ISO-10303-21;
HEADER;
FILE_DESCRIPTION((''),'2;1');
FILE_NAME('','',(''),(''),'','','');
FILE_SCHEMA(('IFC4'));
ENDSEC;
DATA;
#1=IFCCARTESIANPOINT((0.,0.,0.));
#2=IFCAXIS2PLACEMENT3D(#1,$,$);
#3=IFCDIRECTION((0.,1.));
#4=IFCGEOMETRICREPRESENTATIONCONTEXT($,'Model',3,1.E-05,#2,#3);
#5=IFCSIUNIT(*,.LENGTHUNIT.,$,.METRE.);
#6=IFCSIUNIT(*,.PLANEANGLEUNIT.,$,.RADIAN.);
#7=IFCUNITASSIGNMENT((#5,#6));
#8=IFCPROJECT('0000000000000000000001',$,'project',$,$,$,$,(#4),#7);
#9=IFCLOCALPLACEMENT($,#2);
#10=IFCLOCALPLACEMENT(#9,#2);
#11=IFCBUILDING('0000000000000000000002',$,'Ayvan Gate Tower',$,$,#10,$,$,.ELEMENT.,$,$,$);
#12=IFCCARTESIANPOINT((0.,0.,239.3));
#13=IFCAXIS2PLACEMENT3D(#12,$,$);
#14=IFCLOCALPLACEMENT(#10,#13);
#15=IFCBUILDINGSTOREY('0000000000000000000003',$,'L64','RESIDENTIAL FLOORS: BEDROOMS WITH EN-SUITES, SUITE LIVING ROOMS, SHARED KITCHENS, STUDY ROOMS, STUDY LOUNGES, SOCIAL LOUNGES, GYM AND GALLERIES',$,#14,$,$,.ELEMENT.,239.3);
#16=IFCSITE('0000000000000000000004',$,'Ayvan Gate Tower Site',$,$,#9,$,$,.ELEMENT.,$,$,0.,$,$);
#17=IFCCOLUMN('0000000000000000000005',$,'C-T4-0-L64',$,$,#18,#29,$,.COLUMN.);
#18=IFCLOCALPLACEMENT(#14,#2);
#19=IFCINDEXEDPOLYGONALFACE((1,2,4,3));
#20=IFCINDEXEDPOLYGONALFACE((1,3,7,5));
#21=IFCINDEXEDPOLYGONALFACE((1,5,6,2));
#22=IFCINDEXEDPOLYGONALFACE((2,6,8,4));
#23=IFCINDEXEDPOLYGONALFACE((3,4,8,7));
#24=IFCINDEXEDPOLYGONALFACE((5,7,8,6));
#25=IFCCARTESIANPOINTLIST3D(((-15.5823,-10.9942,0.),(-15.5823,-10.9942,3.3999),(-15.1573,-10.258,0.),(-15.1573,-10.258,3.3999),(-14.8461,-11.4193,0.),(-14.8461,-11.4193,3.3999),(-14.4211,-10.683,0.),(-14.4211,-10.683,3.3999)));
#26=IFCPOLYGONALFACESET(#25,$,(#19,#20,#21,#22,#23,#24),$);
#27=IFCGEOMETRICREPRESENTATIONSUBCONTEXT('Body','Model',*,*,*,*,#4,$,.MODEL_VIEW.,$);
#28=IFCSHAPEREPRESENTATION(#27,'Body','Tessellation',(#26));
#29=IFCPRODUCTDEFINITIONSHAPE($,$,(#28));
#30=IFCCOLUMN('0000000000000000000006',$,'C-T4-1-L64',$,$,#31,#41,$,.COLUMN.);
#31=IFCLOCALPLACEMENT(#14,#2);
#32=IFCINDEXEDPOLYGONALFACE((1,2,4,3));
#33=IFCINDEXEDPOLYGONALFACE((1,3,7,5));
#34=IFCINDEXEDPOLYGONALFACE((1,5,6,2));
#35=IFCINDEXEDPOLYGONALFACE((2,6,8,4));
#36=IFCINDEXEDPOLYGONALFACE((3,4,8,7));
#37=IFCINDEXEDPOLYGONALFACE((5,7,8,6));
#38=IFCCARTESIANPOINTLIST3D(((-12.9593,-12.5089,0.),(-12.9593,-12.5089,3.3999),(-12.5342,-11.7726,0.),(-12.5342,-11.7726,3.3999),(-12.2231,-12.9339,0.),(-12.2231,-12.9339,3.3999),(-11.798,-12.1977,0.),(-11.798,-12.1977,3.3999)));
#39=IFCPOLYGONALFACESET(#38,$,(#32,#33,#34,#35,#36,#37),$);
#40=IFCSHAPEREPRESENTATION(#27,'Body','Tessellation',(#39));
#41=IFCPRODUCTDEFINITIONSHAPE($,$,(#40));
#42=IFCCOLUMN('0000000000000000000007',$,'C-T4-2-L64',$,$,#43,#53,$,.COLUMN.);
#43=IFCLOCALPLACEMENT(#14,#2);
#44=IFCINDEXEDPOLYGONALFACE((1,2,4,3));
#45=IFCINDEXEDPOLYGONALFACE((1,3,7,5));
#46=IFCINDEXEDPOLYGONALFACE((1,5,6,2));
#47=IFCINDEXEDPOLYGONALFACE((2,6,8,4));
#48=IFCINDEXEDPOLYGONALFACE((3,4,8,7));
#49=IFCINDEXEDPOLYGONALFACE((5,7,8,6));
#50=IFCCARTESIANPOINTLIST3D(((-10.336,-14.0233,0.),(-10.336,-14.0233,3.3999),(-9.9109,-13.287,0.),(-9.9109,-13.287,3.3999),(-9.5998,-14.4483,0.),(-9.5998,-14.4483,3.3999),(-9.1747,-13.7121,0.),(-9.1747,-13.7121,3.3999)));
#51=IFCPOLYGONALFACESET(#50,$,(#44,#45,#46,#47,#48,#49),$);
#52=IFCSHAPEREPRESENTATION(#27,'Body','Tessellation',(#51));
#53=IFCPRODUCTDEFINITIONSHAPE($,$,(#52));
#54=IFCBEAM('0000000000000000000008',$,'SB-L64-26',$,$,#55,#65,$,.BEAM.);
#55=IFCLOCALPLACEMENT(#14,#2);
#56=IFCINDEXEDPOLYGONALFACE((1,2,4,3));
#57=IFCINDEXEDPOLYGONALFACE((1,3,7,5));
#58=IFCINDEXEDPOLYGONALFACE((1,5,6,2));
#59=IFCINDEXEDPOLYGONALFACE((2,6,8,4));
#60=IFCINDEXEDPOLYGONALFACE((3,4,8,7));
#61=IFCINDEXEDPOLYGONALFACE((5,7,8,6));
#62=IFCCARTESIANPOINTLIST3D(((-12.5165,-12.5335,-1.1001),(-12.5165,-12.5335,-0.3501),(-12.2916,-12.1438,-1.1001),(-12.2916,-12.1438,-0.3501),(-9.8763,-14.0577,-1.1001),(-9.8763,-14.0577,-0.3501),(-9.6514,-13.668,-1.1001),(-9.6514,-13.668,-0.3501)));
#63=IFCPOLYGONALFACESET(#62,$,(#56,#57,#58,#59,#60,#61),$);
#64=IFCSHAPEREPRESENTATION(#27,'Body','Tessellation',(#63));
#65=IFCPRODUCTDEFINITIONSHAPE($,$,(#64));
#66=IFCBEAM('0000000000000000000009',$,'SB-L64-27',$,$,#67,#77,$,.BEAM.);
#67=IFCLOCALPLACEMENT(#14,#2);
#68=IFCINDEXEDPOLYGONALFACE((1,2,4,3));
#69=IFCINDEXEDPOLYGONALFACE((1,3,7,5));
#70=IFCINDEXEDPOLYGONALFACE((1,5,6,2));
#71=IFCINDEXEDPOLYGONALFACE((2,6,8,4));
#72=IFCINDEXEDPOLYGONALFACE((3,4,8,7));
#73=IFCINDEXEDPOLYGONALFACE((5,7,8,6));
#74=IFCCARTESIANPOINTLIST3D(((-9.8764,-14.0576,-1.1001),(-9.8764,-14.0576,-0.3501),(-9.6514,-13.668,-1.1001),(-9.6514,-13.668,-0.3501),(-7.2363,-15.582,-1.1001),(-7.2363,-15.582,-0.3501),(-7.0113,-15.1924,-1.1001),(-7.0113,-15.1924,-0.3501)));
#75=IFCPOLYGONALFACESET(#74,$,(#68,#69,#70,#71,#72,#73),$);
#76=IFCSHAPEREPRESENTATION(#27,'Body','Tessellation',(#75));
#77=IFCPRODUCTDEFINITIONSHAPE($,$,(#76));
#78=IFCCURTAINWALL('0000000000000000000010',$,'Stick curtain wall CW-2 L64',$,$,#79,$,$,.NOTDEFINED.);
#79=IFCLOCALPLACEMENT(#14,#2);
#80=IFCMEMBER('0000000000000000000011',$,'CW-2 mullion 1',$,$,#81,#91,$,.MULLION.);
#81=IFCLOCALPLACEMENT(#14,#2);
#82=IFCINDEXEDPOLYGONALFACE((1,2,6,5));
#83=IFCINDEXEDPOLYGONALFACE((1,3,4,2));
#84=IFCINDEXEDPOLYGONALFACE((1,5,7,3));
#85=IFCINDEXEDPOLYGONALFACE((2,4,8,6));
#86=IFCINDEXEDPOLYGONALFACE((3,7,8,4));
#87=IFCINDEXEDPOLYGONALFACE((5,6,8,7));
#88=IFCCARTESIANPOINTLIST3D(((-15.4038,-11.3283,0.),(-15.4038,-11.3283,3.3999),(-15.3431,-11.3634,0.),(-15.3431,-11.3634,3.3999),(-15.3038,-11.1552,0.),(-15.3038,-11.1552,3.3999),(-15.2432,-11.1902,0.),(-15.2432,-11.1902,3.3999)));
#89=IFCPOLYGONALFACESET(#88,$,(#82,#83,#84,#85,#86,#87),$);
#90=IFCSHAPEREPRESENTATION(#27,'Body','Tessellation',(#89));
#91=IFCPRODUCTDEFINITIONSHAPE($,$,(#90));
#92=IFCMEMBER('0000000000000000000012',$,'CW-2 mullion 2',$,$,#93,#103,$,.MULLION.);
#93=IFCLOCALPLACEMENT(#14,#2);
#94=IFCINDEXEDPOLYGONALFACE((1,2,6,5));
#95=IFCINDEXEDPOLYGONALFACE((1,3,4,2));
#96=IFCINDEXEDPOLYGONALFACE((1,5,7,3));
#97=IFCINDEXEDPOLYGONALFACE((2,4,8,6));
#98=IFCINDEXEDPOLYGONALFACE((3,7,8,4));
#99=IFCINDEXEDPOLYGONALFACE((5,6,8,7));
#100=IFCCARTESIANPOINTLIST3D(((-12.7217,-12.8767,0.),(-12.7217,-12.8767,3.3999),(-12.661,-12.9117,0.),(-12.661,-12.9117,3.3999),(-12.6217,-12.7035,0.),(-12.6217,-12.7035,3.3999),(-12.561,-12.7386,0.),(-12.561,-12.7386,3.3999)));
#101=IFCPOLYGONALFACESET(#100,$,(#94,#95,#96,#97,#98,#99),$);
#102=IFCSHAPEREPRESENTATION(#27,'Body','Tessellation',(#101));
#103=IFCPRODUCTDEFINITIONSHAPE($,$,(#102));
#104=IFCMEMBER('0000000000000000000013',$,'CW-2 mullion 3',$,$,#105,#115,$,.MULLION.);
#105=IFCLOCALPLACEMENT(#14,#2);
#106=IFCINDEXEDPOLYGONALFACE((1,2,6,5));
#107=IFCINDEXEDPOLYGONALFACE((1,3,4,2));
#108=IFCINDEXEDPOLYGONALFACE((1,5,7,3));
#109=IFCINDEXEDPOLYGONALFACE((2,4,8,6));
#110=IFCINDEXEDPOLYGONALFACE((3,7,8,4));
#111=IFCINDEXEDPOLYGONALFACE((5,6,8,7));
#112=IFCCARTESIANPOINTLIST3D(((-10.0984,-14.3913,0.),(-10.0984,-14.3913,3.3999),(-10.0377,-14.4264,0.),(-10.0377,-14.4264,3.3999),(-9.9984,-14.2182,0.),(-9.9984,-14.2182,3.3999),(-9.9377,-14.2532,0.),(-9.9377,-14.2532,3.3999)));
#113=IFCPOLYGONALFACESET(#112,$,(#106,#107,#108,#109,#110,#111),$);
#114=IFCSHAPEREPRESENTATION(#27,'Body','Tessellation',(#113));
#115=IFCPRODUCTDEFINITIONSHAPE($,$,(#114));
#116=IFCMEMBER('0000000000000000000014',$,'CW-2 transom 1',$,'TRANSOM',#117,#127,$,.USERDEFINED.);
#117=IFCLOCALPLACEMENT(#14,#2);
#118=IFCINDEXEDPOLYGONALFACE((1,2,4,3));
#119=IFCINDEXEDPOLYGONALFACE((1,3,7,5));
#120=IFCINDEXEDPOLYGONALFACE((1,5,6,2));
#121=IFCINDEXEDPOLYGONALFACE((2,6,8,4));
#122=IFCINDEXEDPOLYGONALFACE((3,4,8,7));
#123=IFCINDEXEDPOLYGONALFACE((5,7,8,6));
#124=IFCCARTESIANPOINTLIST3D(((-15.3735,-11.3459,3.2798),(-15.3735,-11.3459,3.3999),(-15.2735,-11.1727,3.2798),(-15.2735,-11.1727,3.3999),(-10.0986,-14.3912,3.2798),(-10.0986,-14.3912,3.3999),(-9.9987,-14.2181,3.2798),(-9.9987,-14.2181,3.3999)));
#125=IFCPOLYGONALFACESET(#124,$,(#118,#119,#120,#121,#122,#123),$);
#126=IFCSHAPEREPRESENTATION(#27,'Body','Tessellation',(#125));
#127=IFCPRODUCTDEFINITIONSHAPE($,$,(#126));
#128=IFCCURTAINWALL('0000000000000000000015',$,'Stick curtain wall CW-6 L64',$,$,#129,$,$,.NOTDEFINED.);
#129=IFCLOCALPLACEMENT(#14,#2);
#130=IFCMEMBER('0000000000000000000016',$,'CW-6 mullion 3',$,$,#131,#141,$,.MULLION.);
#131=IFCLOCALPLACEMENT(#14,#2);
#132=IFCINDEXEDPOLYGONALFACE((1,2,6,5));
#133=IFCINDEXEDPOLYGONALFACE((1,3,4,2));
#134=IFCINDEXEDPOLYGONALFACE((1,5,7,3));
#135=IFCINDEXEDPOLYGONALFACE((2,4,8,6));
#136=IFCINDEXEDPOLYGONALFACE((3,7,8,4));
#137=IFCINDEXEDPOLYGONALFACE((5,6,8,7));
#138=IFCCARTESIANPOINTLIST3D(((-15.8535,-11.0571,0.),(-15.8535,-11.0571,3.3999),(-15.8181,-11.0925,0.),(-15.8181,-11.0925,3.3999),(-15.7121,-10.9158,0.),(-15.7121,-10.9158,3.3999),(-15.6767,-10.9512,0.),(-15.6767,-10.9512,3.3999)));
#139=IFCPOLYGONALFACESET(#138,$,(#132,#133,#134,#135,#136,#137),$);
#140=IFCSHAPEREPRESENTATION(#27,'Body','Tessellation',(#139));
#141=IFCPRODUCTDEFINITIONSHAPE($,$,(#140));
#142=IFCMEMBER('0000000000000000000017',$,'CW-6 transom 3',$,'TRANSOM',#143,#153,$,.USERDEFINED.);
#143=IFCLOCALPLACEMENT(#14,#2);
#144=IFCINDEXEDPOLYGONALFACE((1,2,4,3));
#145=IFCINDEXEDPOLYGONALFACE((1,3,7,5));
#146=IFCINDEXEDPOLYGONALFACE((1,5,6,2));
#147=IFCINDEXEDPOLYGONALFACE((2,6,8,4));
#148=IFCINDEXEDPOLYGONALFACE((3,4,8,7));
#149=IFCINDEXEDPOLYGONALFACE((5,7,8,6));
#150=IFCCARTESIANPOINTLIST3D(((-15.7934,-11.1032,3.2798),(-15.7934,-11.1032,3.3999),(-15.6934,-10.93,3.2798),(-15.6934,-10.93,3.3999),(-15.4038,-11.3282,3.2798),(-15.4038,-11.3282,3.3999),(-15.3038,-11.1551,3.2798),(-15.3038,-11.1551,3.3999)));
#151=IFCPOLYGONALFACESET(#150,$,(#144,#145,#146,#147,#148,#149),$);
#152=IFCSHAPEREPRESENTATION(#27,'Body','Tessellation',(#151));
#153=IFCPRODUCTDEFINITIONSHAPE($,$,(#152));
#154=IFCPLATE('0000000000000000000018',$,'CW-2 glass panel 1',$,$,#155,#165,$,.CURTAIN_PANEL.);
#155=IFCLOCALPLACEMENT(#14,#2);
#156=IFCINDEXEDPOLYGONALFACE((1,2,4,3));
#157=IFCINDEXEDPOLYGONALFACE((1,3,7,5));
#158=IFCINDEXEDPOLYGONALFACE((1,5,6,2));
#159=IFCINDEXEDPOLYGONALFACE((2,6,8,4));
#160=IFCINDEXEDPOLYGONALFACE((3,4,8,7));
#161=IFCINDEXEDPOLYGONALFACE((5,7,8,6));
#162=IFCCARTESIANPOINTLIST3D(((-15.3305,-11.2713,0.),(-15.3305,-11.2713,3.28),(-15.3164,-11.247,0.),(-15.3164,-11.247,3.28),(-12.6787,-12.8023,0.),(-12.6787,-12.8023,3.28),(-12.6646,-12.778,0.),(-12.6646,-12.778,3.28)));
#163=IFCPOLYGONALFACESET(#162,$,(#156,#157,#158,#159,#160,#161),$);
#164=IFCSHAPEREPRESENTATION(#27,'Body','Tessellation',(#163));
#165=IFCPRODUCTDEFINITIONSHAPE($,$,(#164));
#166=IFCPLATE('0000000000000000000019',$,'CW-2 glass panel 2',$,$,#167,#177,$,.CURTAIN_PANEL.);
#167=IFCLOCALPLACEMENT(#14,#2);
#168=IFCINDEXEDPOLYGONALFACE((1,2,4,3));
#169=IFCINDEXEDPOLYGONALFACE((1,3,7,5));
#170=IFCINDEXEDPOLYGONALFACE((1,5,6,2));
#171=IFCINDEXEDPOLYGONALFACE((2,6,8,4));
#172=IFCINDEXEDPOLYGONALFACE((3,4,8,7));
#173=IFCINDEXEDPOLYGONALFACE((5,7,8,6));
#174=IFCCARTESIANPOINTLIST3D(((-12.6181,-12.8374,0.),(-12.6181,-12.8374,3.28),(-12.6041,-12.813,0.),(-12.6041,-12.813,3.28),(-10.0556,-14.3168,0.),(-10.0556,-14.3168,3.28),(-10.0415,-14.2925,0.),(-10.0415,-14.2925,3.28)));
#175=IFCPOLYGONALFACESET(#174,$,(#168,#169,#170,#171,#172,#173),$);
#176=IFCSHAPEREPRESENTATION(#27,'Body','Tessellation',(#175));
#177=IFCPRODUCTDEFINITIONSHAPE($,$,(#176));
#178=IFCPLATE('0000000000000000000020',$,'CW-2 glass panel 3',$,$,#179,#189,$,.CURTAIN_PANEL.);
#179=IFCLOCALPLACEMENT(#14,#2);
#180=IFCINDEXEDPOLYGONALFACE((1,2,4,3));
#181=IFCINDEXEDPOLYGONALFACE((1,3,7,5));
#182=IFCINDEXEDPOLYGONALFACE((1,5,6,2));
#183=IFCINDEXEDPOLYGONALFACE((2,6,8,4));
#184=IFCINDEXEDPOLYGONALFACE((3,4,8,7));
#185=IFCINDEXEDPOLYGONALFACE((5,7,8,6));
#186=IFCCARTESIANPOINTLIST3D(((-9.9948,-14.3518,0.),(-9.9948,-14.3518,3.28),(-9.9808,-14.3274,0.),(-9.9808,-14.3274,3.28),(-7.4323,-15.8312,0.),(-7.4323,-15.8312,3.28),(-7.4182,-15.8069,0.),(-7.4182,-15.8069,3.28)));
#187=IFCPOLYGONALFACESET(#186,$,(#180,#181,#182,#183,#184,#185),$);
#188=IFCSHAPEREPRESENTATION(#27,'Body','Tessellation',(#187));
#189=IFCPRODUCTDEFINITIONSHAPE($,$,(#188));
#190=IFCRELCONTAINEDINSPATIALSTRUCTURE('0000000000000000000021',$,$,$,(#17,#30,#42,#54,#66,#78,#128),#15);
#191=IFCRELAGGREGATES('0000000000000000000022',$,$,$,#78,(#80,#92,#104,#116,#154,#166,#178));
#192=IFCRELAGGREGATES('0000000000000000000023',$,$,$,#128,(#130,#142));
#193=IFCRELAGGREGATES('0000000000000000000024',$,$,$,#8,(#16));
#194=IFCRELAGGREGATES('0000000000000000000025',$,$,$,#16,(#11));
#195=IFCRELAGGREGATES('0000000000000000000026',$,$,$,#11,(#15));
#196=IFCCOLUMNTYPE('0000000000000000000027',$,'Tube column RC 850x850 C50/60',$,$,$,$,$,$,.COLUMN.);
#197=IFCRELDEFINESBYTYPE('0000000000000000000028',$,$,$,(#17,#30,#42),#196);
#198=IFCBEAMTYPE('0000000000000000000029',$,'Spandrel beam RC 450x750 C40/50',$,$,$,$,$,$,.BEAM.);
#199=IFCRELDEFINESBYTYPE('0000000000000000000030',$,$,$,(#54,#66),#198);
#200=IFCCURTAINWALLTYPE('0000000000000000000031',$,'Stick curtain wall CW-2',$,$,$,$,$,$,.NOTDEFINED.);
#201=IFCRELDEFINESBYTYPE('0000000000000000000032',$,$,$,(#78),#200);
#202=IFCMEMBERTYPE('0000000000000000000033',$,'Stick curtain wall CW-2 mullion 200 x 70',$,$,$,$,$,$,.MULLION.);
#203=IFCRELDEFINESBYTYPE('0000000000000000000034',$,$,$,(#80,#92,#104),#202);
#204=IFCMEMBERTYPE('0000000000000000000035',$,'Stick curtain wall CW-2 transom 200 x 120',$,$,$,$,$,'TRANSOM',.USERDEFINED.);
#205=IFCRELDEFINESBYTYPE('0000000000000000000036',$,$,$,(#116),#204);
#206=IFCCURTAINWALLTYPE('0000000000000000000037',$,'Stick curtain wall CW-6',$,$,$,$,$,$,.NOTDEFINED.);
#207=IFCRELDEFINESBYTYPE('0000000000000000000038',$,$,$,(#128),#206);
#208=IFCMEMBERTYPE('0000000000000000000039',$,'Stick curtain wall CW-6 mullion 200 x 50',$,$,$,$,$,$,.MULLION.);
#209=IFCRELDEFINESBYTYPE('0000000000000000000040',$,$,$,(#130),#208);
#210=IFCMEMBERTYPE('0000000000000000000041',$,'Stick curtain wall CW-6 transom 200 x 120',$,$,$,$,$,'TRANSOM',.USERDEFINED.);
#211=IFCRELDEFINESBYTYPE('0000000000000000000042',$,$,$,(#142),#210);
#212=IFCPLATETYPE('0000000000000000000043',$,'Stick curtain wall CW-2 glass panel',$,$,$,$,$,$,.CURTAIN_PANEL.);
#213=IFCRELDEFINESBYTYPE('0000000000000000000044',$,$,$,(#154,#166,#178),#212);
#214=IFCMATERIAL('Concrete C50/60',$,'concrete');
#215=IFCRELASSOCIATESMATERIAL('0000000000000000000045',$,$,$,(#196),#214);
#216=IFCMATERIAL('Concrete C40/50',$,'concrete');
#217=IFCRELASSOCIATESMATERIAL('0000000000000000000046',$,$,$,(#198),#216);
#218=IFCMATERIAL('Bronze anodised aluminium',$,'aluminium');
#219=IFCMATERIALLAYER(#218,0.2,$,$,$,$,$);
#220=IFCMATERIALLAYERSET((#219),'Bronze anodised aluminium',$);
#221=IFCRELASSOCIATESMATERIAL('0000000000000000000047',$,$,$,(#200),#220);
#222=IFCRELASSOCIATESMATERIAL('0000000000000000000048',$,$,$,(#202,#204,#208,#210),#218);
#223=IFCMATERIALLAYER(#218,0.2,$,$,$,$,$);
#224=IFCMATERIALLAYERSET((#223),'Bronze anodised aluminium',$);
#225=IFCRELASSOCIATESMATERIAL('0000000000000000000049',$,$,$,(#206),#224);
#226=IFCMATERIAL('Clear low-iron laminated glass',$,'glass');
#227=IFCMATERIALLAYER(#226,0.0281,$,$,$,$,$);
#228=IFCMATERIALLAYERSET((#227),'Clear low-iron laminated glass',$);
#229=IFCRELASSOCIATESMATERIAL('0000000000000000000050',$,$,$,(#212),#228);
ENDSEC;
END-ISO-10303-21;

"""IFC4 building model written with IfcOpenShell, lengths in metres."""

from ifc_helpers import new_model, si_unit, direction, frame, origin, origin_2d, place, context, subcontext, project, spatial, rectangle, extrude, material, layer, layer_set, material_profile, profile_set, type_object, element, aggregate, save


model = new_model("IFC4")

# Units and contexts
model_context = context("Model", 3, precision=1e-05, world=origin(), true_north=direction((0.0, 1.0)))
body_context = subcontext(model_context, "Body", "Model", "MODEL_VIEW")
ifc_project = project(units=[si_unit("LENGTHUNIT", "METRE"), si_unit("PLANEANGLEUNIT", "RADIAN")], contexts=[model_context])

# Site, building, storey
site_placement = place(None, origin())
site = spatial("IfcSite", under=ifc_project, at=site_placement, Name="Ayvan Gate Tower Site", CompositionType="ELEMENT", RefElevation=0.0)
building_placement = place(site_placement, origin())
building = spatial("IfcBuilding", under=site, at=building_placement, Name="Ayvan Gate Tower", CompositionType="ELEMENT")
storey_placement = place(building_placement, frame((0.0, 0.0, 239.3)))
storey = spatial("IfcBuildingStorey", under=building, at=storey_placement, Name="L64", Description="RESIDENTIAL FLOORS: BEDROOMS WITH EN-SUITES, SUITE LIVING ROOMS, SHARED KITCHENS, STUDY ROOMS, STUDY LOUNGES, SOCIAL LOUNGES, GYM AND GALLERIES", CompositionType="ELEMENT", Elevation=239.3)

# Columns
ifc_material_1 = material(Name="Concrete C50/60", Category="concrete")
ifc_material_profile_1 = material_profile(ifc_material_1, rectangle(XDim=0.8501, YDim=0.8501, at=origin_2d()), Name="RC 850x850")
ifc_profile_set_1 = profile_set([ifc_material_profile_1], Name="Concrete C50/60")
column_type = type_object("IfcColumnType", Name="Tube column RC 850x850 C50/60", PredefinedType="COLUMN", material=ifc_profile_set_1)
for number, where, z_axis, x_axis, name in (
    (1, (-15.0017, -10.8386, 0.0), (0.0, 0.0, 1.0), (-0.5, -0.866025, 0.0), "C-T4-0-L64"),
    (2, (-12.3787, -12.3533, 0.0), (0.0, 0.0, 1.0), (-0.5, -0.866025, 0.0), "C-T4-1-L64"),
    (3, (-9.7554, -13.8677, 0.0), (0.0, 0.0, 1.0), (-0.5, -0.866025, 0.0), "C-T4-2-L64"),
):
    element("IfcColumn", number, at=place(storey_placement, frame(where, z_axis=z_axis, x_axis=x_axis)), inside=storey, type_object=column_type, Name=name, PredefinedType="COLUMN", context=body_context, shape_type="SweptSolid", body=[
        extrude(rectangle(XDim=0.8501, YDim=0.8501, at=origin_2d()), origin(), (0.0, 0.0, 1.0), 3.3999),
    ])

# Beams
ifc_material_2 = material(Name="Concrete C40/50", Category="concrete")
ifc_material_profile_2 = material_profile(ifc_material_2, rectangle(XDim=0.45, YDim=0.75, at=origin_2d()), Name="RC 450x750")
ifc_profile_set_2 = profile_set([ifc_material_profile_2], Name="Concrete C40/50")
beam_type = type_object("IfcBeamType", Name="Spandrel beam RC 450x750 C40/50", PredefinedType="BEAM", material=ifc_profile_set_2)
for number, where, z_axis, x_axis, name in (
    (4, (-12.4041, -12.3386, -0.7251), (0.866042, -0.499972, 0.0), (0.499972, 0.866042, 0.0), "SB-L64-26"),
    (5, (-9.7639, -13.8628, -0.7251), (0.866007, -0.500032, 0.0), (0.500032, 0.866007, 0.0), "SB-L64-27"),
):
    element("IfcBeam", number, at=place(storey_placement, frame(where, z_axis=z_axis, x_axis=x_axis)), inside=storey, type_object=beam_type, Name=name, PredefinedType="BEAM", context=body_context, shape_type="SweptSolid", body=[
        extrude(rectangle(XDim=0.45, YDim=0.75, at=origin_2d()), origin(), (0.0, 0.0, 1.0), 3.0486),
    ])

# Curtain walls, members
ifc_material_3 = material(Name="Bronze anodised aluminium", Category="aluminium")
ifc_layer_1 = layer(ifc_material_3, 0.2)
ifc_layer_set_1 = layer_set([ifc_layer_1], Name="Bronze anodised aluminium")
curtain_wall_type_1 = type_object("IfcCurtainWallType", Name="Stick curtain wall CW-2", PredefinedType="NOTDEFINED", material=ifc_layer_set_1)
curtain_wall_1_placement = place(storey_placement, origin())
curtain_wall_1 = element("IfcCurtainWall", 6, at=curtain_wall_1_placement, inside=storey, type_object=curtain_wall_type_1, Name="Stick curtain wall CW-2 L64", PredefinedType="NOTDEFINED")
ifc_material_profile_3 = material_profile(ifc_material_3, rectangle(XDim=0.2, YDim=0.0701, at=origin_2d()), Name="Stick curtain wall CW-2 mullion 200 x 70")
ifc_profile_set_3 = profile_set([ifc_material_profile_3], Name="Bronze anodised aluminium")
member_type_1 = type_object("IfcMemberType", Name="Stick curtain wall CW-2 mullion 200 x 70", PredefinedType="MULLION", material=ifc_profile_set_3)
member_1_placement = place(storey_placement, frame((-15.3235, -11.2593, 0.0), z_axis=(0.0, 0.0, 1.0), x_axis=(-0.5, -0.866025, 0.0)))
member_1 = element("IfcMember", 7, at=member_1_placement, type_object=member_type_1, Name="CW-2 mullion 1", PredefinedType="MULLION", context=body_context, shape_type="SweptSolid", body=[
    extrude(rectangle(XDim=0.2, YDim=0.0701, at=origin_2d()), origin(), (0.0, 0.0, 1.0), 3.3999),
])
member_2_placement = place(storey_placement, frame((-12.6414, -12.8076, 0.0), z_axis=(0.0, 0.0, 1.0), x_axis=(-0.5, -0.866025, 0.0)))
member_2 = element("IfcMember", 8, at=member_2_placement, type_object=member_type_1, Name="CW-2 mullion 2", PredefinedType="MULLION", context=body_context, shape_type="SweptSolid", body=[
    extrude(rectangle(XDim=0.2, YDim=0.0701, at=origin_2d()), origin(), (0.0, 0.0, 1.0), 3.3999),
])
member_3_placement = place(storey_placement, frame((-10.0181, -14.3223, 0.0), z_axis=(0.0, 0.0, 1.0), x_axis=(-0.5, -0.866025, 0.0)))
member_3 = element("IfcMember", 9, at=member_3_placement, type_object=member_type_1, Name="CW-2 mullion 3", PredefinedType="MULLION", context=body_context, shape_type="SweptSolid", body=[
    extrude(rectangle(XDim=0.2, YDim=0.0701, at=origin_2d()), origin(), (0.0, 0.0, 1.0), 3.3999),
])
ifc_material_profile_4 = material_profile(ifc_material_3, rectangle(XDim=0.2, YDim=0.1201, at=origin_2d()), Name="Stick curtain wall CW-2 transom 200 x 120")
ifc_profile_set_4 = profile_set([ifc_material_profile_4], Name="Bronze anodised aluminium")
member_type_2 = type_object("IfcMemberType", Name="Stick curtain wall CW-2 transom 200 x 120", ElementType="TRANSOM", PredefinedType="USERDEFINED", material=ifc_profile_set_4)
member_4_placement = place(storey_placement, frame((-15.3235, -11.2593, 3.3398), z_axis=(0.866029, -0.499993, 0.0), x_axis=(0.499993, 0.866029, 0.0)))
member_4 = element("IfcMember", 10, at=member_4_placement, type_object=member_type_2, Name="CW-2 transom 1", ObjectType="TRANSOM", PredefinedType="USERDEFINED", context=body_context, shape_type="SweptSolid", body=[
    extrude(rectangle(XDim=0.2, YDim=0.1201, at=origin_2d()), origin(), (0.0, 0.0, 1.0), 6.0908),
])
ifc_layer_2 = layer(ifc_material_3, 0.2)
ifc_layer_set_2 = layer_set([ifc_layer_2], Name="Bronze anodised aluminium")
curtain_wall_type_2 = type_object("IfcCurtainWallType", Name="Stick curtain wall CW-6", PredefinedType="NOTDEFINED", material=ifc_layer_set_2)
curtain_wall_2_placement = place(storey_placement, origin())
curtain_wall_2 = element("IfcCurtainWall", 11, at=curtain_wall_2_placement, inside=storey, type_object=curtain_wall_type_2, Name="Stick curtain wall CW-6 L64", PredefinedType="NOTDEFINED")
ifc_material_profile_5 = material_profile(ifc_material_3, rectangle(XDim=0.2, YDim=0.05, at=origin_2d()), Name="Stick curtain wall CW-6 mullion 200 x 50")
ifc_profile_set_5 = profile_set([ifc_material_profile_5], Name="Bronze anodised aluminium")
member_type_3 = type_object("IfcMemberType", Name="Stick curtain wall CW-6 mullion 200 x 50", PredefinedType="MULLION", material=ifc_profile_set_5)
member_5_placement = place(storey_placement, frame((-15.7651, -11.0042, 0.0), z_axis=(0.0, 0.0, 1.0), x_axis=(-0.707107, -0.707107, 0.0)))
member_5 = element("IfcMember", 12, at=member_5_placement, type_object=member_type_3, Name="CW-6 mullion 3", PredefinedType="MULLION", context=body_context, shape_type="SweptSolid", body=[
    extrude(rectangle(XDim=0.2, YDim=0.05, at=origin_2d()), origin(), (0.0, 0.0, 1.0), 3.3999),
])
ifc_material_profile_6 = material_profile(ifc_material_3, rectangle(XDim=0.2, YDim=0.1201, at=origin_2d()), Name="Stick curtain wall CW-6 transom 200 x 120")
ifc_profile_set_6 = profile_set([ifc_material_profile_6], Name="Bronze anodised aluminium")
member_type_4 = type_object("IfcMemberType", Name="Stick curtain wall CW-6 transom 200 x 120", ElementType="TRANSOM", PredefinedType="USERDEFINED", material=ifc_profile_set_6)
member_6_placement = place(storey_placement, frame((-15.7434, -11.0166, 3.3398), z_axis=(0.865896, -0.500223, 0.0), x_axis=(0.500223, 0.865896, 0.0)))
member_6 = element("IfcMember", 13, at=member_6_placement, type_object=member_type_4, Name="CW-6 transom 3", ObjectType="TRANSOM", PredefinedType="USERDEFINED", context=body_context, shape_type="SweptSolid", body=[
    extrude(rectangle(XDim=0.2, YDim=0.1201, at=origin_2d()), origin(), (0.0, 0.0, 1.0), 0.45),
])

# Plates
ifc_material_4 = material(Name="Clear low-iron laminated glass", Category="glass")
ifc_layer_3 = layer(ifc_material_4, 0.0281)
ifc_layer_set_3 = layer_set([ifc_layer_3], Name="Clear low-iron laminated glass")
plate_type_1 = type_object("IfcPlateType", Name="Stick curtain wall CW-2 glass panel", PredefinedType="CURTAIN_PANEL", material=ifc_layer_set_3)
plate_1_placement = place(storey_placement, frame((-13.9976, -12.0247, 0.0), z_axis=(0.0, 0.0, 1.0), x_axis=(0.866025, -0.5, 0.0)))
plate_1 = element("IfcPlate", 14, at=plate_1_placement, type_object=plate_type_1, Name="CW-2 glass panel 1", PredefinedType="CURTAIN_PANEL", context=body_context, shape_type="SweptSolid", body=[
    extrude(rectangle(XDim=3.062, YDim=0.0281, at=origin_2d()), origin(), (0.0, 0.0, 1.0), 3.28),
])
plate_2_placement = place(storey_placement, frame((-11.3298, -13.5649, 0.0), z_axis=(0.0, 0.0, 1.0), x_axis=(0.866025, -0.5, 0.0)))
plate_2 = element("IfcPlate", 15, at=plate_2_placement, type_object=plate_type_1, Name="CW-2 glass panel 2", PredefinedType="CURTAIN_PANEL", context=body_context, shape_type="SweptSolid", body=[
    extrude(rectangle(XDim=2.959, YDim=0.0281, at=origin_2d()), origin(), (0.0, 0.0, 1.0), 3.28),
])
plate_3_placement = place(storey_placement, frame((-8.7065, -15.0793, 0.0), z_axis=(0.0, 0.0, 1.0), x_axis=(0.866025, -0.5, 0.0)))
plate_3 = element("IfcPlate", 16, at=plate_3_placement, type_object=plate_type_1, Name="CW-2 glass panel 3", PredefinedType="CURTAIN_PANEL", context=body_context, shape_type="SweptSolid", body=[
    extrude(rectangle(XDim=2.959, YDim=0.0281, at=origin_2d()), origin(), (0.0, 0.0, 1.0), 3.28),
])
aggregate(curtain_wall_1, [member_1, member_2, member_3, member_4, plate_1, plate_2, plate_3])
aggregate(curtain_wall_2, [member_5, member_6])

save(model, "model.ifc")
